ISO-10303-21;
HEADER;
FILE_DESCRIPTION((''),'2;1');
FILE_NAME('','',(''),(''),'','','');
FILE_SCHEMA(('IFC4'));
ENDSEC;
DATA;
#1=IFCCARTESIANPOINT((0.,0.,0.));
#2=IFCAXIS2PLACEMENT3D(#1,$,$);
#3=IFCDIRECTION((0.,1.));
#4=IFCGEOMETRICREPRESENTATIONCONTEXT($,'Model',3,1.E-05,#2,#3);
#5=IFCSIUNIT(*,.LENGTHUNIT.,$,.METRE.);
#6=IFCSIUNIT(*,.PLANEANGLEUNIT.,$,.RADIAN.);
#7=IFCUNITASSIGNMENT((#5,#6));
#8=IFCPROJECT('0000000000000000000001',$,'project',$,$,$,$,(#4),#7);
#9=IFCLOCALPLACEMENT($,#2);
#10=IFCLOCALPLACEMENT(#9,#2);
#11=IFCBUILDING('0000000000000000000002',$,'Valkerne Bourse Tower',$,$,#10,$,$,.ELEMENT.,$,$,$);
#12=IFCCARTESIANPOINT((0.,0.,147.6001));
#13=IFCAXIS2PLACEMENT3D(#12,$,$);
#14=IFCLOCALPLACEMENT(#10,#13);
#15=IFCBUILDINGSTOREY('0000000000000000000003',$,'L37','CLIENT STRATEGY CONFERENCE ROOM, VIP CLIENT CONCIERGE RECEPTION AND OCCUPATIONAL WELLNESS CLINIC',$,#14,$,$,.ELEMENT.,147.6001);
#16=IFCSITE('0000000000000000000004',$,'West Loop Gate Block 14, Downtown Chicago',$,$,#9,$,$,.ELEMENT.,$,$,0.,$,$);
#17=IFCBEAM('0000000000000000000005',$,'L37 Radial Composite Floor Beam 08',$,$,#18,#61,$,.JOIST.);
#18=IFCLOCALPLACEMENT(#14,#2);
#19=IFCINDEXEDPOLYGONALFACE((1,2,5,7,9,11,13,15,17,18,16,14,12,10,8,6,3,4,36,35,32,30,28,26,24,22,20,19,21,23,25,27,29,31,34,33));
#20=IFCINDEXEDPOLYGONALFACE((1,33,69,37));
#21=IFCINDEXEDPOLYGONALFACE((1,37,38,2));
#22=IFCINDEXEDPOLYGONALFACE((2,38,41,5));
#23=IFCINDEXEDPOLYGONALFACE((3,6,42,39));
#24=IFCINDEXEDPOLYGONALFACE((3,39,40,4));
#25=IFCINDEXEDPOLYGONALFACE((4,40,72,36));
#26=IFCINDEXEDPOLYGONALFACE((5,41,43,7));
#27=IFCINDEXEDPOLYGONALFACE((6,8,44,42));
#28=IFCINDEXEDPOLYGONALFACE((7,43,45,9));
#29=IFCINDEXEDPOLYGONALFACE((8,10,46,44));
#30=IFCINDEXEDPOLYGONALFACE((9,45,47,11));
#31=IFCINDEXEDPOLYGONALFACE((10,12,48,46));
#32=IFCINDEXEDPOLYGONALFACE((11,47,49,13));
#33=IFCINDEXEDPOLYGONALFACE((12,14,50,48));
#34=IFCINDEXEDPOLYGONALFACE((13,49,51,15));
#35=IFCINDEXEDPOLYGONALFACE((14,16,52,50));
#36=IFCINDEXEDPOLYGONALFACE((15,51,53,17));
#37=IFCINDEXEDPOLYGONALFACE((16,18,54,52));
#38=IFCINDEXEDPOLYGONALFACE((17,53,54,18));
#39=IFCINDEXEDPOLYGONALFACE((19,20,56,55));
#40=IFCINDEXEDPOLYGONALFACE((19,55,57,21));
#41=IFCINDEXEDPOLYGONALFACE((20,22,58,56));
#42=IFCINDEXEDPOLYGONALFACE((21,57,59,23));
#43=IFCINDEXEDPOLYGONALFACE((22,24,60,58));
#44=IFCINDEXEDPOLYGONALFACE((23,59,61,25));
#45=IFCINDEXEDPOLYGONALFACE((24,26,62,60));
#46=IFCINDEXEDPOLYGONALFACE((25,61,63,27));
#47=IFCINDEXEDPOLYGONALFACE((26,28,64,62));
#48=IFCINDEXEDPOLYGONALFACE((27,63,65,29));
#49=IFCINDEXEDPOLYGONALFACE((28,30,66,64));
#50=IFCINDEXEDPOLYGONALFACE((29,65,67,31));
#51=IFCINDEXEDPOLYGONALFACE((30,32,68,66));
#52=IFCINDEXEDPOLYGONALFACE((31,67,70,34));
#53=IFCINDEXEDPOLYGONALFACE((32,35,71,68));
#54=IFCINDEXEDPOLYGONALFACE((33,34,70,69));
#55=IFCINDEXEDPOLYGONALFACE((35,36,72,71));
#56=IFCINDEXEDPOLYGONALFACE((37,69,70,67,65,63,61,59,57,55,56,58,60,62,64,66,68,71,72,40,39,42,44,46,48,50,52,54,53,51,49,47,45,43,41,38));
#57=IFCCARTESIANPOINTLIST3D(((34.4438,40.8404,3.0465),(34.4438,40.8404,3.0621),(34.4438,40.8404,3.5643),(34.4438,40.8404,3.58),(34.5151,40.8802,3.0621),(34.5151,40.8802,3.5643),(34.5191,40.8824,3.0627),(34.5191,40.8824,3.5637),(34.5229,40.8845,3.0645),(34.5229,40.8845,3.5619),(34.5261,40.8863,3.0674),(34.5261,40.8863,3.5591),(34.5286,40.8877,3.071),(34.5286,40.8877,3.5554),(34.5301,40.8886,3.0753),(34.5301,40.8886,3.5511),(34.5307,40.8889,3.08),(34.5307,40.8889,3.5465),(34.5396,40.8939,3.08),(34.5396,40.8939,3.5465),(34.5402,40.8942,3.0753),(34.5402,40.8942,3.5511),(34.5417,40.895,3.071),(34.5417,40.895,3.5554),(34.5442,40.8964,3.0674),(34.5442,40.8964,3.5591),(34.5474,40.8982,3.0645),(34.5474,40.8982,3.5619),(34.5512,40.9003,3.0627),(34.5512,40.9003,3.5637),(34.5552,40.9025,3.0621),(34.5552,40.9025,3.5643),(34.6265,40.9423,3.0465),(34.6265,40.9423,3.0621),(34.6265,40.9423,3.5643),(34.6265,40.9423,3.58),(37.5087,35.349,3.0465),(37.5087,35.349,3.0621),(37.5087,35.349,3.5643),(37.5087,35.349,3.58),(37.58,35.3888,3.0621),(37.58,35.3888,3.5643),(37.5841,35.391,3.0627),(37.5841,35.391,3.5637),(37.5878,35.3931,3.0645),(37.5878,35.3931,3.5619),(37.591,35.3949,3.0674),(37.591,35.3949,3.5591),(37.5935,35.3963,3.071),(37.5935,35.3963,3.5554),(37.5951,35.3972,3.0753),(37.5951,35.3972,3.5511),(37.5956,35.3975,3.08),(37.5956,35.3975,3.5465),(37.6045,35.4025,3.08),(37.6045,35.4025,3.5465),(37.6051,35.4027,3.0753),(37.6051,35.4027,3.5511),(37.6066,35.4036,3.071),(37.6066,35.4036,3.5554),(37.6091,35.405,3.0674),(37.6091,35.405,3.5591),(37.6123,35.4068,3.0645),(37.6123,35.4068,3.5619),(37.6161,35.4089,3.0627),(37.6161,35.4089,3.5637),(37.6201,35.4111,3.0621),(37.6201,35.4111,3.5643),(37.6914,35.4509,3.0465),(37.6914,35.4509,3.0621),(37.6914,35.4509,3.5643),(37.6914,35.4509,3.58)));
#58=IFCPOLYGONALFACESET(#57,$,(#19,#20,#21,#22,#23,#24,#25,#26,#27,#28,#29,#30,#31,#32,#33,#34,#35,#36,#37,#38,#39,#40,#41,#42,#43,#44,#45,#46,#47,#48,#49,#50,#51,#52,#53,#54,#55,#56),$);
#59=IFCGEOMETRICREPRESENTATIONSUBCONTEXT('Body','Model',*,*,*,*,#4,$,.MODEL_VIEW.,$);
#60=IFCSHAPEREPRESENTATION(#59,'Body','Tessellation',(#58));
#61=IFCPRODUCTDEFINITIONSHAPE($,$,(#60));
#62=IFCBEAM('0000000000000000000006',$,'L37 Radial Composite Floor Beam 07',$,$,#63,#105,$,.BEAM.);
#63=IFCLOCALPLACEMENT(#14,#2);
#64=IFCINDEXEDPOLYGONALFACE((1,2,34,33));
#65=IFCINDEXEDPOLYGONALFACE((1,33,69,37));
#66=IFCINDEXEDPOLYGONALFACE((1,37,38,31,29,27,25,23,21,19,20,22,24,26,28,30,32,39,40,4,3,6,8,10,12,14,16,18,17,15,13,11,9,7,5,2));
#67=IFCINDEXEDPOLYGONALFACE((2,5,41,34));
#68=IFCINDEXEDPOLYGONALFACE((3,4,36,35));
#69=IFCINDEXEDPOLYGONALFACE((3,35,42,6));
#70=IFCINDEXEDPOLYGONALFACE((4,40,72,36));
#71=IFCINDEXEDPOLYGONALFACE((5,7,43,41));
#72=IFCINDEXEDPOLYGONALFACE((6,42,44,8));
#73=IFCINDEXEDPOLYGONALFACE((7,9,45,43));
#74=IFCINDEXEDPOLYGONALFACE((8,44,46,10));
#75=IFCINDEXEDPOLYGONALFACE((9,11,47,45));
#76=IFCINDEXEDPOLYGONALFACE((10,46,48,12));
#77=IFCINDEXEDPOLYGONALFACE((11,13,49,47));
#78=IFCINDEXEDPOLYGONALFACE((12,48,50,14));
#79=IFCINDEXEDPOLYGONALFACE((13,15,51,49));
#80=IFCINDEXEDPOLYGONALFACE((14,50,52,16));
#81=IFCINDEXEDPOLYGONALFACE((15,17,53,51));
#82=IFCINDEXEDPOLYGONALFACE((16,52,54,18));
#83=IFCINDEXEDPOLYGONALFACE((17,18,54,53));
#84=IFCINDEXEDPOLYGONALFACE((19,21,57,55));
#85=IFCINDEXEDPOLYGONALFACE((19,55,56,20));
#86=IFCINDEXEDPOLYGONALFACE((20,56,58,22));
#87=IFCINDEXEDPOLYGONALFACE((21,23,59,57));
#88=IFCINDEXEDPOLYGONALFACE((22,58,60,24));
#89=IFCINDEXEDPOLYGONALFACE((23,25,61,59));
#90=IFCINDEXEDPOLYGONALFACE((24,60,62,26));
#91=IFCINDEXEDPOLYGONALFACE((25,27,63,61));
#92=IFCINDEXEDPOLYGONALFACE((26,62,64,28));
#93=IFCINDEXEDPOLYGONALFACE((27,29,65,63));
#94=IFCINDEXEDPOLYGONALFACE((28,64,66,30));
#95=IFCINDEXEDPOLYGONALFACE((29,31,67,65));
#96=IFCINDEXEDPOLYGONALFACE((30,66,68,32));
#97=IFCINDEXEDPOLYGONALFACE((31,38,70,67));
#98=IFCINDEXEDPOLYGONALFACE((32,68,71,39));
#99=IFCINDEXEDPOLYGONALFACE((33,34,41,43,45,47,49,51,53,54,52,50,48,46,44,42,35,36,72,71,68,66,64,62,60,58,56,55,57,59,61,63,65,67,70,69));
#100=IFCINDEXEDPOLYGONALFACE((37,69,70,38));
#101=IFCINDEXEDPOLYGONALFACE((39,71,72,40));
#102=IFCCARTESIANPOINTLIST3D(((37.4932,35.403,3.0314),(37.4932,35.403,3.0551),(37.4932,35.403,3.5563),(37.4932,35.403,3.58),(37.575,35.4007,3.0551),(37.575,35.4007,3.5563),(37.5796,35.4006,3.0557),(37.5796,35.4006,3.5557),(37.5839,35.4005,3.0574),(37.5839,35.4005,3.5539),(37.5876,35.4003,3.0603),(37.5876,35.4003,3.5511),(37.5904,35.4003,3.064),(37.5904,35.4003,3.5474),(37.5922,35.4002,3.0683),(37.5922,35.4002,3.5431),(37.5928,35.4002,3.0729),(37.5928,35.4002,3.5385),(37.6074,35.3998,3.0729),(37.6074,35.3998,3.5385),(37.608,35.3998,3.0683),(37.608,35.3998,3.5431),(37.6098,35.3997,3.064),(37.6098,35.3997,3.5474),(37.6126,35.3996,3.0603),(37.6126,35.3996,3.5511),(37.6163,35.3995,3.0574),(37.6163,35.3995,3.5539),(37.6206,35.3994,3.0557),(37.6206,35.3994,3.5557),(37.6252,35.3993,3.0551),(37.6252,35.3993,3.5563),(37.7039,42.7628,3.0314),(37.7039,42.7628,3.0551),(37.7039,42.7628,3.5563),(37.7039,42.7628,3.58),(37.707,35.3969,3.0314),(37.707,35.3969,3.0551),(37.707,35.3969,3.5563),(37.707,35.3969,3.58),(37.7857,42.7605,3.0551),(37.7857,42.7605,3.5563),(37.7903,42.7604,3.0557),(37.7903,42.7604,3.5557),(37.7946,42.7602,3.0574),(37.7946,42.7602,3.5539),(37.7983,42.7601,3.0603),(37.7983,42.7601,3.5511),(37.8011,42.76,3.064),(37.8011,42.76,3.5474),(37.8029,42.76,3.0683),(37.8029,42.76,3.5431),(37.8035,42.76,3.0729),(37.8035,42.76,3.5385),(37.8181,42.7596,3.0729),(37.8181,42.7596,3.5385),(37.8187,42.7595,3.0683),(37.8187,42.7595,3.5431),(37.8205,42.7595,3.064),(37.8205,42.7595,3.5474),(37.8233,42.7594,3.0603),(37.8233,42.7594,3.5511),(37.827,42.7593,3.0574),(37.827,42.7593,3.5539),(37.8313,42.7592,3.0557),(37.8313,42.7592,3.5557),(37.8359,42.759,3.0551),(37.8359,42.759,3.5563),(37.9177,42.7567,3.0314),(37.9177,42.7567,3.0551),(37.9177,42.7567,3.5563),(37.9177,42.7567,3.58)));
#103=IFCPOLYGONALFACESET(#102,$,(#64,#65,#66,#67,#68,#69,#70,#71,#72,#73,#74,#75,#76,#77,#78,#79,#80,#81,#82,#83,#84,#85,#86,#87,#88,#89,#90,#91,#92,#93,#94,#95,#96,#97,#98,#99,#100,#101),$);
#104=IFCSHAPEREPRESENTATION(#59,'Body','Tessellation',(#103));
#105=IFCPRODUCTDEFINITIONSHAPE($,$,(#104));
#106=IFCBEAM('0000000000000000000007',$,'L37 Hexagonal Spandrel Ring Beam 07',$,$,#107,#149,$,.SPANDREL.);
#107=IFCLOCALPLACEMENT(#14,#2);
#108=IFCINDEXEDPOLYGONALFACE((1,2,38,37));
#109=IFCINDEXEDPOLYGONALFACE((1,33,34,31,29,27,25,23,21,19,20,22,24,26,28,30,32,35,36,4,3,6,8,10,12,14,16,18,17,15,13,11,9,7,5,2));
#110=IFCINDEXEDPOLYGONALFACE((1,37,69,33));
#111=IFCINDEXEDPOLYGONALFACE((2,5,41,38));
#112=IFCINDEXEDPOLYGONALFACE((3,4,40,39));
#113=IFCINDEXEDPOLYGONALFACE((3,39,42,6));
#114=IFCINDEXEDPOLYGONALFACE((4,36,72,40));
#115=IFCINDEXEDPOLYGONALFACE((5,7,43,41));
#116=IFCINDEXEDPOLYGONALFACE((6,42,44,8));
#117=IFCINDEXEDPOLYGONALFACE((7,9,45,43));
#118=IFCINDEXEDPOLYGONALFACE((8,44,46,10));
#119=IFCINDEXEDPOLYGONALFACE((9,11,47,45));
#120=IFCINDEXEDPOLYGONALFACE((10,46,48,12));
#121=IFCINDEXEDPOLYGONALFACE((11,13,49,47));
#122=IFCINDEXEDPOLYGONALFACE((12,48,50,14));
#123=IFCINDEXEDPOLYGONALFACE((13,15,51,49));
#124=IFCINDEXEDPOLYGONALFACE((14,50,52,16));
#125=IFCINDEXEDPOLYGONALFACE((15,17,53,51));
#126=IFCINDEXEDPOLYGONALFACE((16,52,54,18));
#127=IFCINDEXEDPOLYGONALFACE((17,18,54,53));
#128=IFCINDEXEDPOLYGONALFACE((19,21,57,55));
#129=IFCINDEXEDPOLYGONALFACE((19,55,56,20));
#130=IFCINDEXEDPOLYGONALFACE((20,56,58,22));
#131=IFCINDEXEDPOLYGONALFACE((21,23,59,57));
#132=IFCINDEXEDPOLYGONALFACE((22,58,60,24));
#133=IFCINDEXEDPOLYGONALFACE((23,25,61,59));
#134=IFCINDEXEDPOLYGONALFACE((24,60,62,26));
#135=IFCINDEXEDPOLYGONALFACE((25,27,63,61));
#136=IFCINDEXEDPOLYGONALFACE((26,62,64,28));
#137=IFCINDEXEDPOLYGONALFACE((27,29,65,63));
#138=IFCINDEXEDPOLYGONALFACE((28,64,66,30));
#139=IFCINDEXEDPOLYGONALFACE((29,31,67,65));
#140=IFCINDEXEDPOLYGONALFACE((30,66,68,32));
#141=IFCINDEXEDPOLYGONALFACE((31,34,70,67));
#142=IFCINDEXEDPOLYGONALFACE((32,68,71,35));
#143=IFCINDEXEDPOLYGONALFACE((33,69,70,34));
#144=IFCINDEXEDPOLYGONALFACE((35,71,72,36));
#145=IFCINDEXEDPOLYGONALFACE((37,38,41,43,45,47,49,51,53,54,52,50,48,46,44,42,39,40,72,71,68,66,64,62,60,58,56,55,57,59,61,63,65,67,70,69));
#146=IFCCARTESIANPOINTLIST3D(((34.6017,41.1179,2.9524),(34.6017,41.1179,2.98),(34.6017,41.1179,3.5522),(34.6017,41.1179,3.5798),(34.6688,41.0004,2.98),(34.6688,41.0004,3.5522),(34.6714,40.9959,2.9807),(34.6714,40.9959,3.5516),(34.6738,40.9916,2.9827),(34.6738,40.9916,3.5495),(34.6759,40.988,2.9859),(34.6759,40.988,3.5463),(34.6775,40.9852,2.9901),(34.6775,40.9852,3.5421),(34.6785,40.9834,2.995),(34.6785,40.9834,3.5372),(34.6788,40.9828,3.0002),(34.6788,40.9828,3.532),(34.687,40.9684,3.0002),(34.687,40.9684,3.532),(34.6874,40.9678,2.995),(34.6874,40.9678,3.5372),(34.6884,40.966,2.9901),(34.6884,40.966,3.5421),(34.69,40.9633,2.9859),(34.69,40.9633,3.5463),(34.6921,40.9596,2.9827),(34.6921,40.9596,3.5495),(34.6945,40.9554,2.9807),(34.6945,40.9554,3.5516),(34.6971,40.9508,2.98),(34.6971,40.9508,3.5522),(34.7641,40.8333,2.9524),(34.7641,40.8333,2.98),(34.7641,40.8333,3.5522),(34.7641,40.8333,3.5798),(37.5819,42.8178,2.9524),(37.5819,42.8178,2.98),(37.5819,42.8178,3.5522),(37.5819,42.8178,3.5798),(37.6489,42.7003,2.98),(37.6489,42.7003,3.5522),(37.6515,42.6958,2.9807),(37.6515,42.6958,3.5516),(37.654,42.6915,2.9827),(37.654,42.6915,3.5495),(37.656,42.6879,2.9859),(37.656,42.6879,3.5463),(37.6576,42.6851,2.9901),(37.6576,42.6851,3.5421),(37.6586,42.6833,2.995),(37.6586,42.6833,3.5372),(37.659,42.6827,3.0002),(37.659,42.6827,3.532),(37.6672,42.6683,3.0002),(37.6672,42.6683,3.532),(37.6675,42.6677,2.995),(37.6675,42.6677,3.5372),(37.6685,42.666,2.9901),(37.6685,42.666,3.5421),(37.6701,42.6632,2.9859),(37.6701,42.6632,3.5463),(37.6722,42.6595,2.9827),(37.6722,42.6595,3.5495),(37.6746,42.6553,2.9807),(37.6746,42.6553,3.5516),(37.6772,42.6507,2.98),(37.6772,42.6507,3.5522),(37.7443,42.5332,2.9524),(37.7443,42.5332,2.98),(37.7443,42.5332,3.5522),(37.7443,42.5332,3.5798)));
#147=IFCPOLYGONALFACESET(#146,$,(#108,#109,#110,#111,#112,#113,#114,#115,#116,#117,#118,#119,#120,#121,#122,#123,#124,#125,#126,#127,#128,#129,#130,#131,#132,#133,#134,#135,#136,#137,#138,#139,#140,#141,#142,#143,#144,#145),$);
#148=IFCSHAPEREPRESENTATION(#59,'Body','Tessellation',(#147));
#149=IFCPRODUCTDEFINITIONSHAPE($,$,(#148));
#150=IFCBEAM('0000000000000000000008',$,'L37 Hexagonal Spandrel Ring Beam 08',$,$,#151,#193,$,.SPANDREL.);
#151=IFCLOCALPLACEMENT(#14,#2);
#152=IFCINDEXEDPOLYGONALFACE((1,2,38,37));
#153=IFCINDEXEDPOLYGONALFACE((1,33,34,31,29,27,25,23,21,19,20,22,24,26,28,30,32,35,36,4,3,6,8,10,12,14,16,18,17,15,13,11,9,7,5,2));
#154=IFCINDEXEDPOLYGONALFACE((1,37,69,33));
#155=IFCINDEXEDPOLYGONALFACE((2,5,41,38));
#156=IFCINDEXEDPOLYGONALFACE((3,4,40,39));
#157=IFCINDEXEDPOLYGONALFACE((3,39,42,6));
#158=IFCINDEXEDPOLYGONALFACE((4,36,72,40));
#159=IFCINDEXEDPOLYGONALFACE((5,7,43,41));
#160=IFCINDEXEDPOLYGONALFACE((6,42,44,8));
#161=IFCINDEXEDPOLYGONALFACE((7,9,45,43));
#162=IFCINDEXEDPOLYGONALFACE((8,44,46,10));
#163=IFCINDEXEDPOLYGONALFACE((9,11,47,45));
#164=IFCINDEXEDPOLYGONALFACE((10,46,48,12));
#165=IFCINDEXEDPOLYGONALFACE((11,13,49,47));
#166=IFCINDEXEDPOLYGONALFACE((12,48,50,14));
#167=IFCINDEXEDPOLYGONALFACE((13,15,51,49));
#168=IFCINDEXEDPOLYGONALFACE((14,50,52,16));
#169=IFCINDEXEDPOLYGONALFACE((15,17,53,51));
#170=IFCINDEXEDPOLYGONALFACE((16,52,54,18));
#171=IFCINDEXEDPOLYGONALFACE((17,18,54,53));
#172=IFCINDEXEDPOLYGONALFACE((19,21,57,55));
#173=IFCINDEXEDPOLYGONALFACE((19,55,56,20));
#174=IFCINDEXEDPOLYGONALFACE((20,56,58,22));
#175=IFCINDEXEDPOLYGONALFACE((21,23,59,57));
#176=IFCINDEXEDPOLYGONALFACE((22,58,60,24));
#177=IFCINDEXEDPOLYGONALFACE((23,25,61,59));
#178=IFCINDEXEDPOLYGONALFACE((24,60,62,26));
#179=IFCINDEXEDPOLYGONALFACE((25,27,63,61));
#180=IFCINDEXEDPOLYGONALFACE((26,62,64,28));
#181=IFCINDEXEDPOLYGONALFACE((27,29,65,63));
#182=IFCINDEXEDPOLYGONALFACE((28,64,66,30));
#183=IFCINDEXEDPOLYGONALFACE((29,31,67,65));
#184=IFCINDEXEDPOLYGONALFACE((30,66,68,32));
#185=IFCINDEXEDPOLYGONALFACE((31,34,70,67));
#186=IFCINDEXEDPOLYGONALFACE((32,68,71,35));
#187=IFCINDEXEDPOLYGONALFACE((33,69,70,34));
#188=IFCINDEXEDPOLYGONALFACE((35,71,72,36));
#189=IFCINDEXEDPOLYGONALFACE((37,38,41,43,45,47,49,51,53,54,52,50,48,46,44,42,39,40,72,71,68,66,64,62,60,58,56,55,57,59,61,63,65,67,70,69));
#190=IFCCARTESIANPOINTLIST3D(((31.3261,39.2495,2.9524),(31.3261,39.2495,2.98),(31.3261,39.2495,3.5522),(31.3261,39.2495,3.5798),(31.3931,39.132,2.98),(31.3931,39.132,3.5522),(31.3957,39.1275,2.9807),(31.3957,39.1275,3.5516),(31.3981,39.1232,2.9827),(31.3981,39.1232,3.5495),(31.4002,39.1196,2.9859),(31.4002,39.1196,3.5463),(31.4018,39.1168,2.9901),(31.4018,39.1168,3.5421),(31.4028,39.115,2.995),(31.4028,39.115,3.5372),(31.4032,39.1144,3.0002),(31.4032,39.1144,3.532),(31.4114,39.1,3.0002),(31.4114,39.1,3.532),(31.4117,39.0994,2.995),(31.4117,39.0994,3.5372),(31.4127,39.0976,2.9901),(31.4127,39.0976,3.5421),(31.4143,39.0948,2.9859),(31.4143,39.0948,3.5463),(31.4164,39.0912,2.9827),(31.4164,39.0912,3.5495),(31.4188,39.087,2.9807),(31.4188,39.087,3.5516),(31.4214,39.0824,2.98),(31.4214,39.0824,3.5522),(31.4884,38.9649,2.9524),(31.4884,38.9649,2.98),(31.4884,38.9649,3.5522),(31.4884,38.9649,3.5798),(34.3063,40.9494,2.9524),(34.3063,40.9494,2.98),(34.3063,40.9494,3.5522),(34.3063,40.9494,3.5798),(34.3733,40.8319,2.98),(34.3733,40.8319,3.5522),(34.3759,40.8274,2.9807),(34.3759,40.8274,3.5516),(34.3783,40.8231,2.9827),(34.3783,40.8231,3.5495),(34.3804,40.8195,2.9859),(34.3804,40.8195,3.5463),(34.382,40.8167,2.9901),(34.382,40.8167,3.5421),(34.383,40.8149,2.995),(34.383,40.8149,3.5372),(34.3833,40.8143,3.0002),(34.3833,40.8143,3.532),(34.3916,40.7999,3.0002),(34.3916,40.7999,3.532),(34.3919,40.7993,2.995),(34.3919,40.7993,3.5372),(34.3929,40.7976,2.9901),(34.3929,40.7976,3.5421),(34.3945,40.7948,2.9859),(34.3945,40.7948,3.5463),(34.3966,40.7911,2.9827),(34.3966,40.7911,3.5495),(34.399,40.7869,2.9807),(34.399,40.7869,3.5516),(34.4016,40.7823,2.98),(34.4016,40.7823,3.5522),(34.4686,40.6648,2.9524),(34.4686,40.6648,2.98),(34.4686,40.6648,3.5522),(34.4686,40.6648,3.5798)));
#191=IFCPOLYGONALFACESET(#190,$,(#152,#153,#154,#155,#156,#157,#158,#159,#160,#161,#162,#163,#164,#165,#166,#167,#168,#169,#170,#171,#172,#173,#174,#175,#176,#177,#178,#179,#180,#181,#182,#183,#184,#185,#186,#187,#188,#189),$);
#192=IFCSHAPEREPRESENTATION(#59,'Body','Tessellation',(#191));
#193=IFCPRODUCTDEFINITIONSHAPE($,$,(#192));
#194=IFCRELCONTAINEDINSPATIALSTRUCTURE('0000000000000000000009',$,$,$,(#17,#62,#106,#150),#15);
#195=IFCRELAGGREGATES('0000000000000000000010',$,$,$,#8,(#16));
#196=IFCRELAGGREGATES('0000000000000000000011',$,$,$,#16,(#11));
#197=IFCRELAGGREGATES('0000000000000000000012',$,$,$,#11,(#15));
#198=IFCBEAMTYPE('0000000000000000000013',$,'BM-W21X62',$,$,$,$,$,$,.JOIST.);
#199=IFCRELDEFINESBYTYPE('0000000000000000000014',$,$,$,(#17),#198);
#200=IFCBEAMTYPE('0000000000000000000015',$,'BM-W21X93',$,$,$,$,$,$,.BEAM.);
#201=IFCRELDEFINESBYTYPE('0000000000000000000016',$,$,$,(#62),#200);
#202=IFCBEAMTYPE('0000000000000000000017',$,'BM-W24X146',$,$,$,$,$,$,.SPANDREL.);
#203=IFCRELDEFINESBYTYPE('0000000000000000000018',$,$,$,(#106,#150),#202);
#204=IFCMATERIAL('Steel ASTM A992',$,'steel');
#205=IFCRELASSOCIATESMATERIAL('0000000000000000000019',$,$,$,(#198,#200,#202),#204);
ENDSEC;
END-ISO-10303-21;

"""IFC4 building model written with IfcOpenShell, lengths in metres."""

from ifc_helpers import new_model, si_unit, direction, frame, origin, origin_2d, place, context, subcontext, project, spatial, i_section, extrude, material, material_profile, profile_set, type_object, element, save


model = new_model("IFC4")

# Units and contexts
model_context = context("Model", 3, precision=1e-05, world=origin(), true_north=direction((0.0, 1.0)))
body_context = subcontext(model_context, "Body", "Model", "MODEL_VIEW")
ifc_project = project(units=[si_unit("LENGTHUNIT", "METRE"), si_unit("PLANEANGLEUNIT", "RADIAN")], contexts=[model_context])

# Site, building, storey
site_placement = place(None, origin())
site = spatial("IfcSite", under=ifc_project, at=site_placement, Name="West Loop Gate Block 14, Downtown Chicago", CompositionType="ELEMENT", RefElevation=0.0)
building_placement = place(site_placement, origin())
building = spatial("IfcBuilding", under=site, at=building_placement, Name="Valkerne Bourse Tower", CompositionType="ELEMENT")
storey_placement = place(building_placement, frame((0.0, 0.0, 147.6001)))
storey = spatial("IfcBuildingStorey", under=building, at=storey_placement, Name="L37", Description="CLIENT STRATEGY CONFERENCE ROOM, VIP CLIENT CONCIERGE RECEPTION AND OCCUPATIONAL WELLNESS CLINIC", CompositionType="ELEMENT", Elevation=147.6001)

# Beams
ifc_material_1 = material(Name="Steel ASTM A992", Category="steel")
ifc_material_profile_1 = material_profile(ifc_material_1, i_section(OverallWidth=0.2092, OverallDepth=0.5334, WebThickness=0.0103, FlangeThickness=0.0156, FilletRadius=0.0178, at=origin_2d()), Name="W21X62")
ifc_profile_set_1 = profile_set([ifc_material_profile_1], Name="Steel ASTM A992")
beam_type_1 = type_object("IfcBeamType", Name="BM-W21X62", PredefinedType="JOIST", material=ifc_profile_set_1)
beam_1_placement = place(storey_placement, frame((34.5352, 40.8914, 3.3132), z_axis=(0.487359, -0.873202, 0.0), x_axis=(0.873202, 0.487359, 0.0)))
element("IfcBeam", 1, at=beam_1_placement, inside=storey, type_object=beam_type_1, Name="L37 Radial Composite Floor Beam 08", PredefinedType="JOIST", context=body_context, shape_type="SweptSolid", body=[
    extrude(i_section(OverallWidth=0.2092, OverallDepth=0.5334, WebThickness=0.0103, FlangeThickness=0.0156, FilletRadius=0.0178, at=origin_2d()), origin(), (0.0, 0.0, 1.0), 6.2888),
])
ifc_material_profile_2 = material_profile(ifc_material_1, i_section(OverallWidth=0.2139, OverallDepth=0.5486, WebThickness=0.0146, FlangeThickness=0.0237, FilletRadius=0.0178, at=origin_2d()), Name="W21X93")
ifc_profile_set_2 = profile_set([ifc_material_profile_2], Name="Steel ASTM A992")
beam_type_2 = type_object("IfcBeamType", Name="BM-W21X93", PredefinedType="BEAM", material=ifc_profile_set_2)
beam_2_placement = place(storey_placement, frame((37.8108, 42.7598, 3.3057), z_axis=(-0.028616, -0.99959, 0.0), x_axis=(0.99959, -0.028616, 0.0)))
element("IfcBeam", 2, at=beam_2_placement, inside=storey, type_object=beam_type_2, Name="L37 Radial Composite Floor Beam 07", PredefinedType="BEAM", context=body_context, shape_type="SweptSolid", body=[
    extrude(i_section(OverallWidth=0.2139, OverallDepth=0.5486, WebThickness=0.0146, FlangeThickness=0.0237, FilletRadius=0.0178, at=origin_2d()), origin(), (0.0, 0.0, 1.0), 7.3628),
])
ifc_material_profile_3 = material_profile(ifc_material_1, i_section(OverallWidth=0.3276, OverallDepth=0.6274, WebThickness=0.0166, FlangeThickness=0.0276, FilletRadius=0.0203, at=origin_2d()), Name="W24X146")
ifc_profile_set_3 = profile_set([ifc_material_profile_3], Name="Steel ASTM A992")
beam_type_3 = type_object("IfcBeamType", Name="BM-W24X146", PredefinedType="SPANDREL", material=ifc_profile_set_3)
for number, where, z_axis, x_axis, name in (
    (3, (37.6631, 42.6755, 3.2661), (-0.868624, -0.495472, 0.0), (0.495472, -0.868624, 0.0), "L37 Hexagonal Spandrel Ring Beam 07"),
    (4, (34.3875, 40.8071, 3.2661), (-0.868624, -0.495472, 0.0), (0.495472, -0.868624, 0.0), "L37 Hexagonal Spandrel Ring Beam 08"),
):
    element("IfcBeam", number, at=place(storey_placement, frame(where, z_axis=z_axis, x_axis=x_axis)), inside=storey, type_object=beam_type_3, Name=name, PredefinedType="SPANDREL", context=body_context, shape_type="SweptSolid", body=[
        extrude(i_section(OverallWidth=0.3276, OverallDepth=0.6274, WebThickness=0.0166, FlangeThickness=0.0276, FilletRadius=0.0203, at=origin_2d()), origin(), (0.0, 0.0, 1.0), 3.4309),
    ])

save(model, "model.ifc")
